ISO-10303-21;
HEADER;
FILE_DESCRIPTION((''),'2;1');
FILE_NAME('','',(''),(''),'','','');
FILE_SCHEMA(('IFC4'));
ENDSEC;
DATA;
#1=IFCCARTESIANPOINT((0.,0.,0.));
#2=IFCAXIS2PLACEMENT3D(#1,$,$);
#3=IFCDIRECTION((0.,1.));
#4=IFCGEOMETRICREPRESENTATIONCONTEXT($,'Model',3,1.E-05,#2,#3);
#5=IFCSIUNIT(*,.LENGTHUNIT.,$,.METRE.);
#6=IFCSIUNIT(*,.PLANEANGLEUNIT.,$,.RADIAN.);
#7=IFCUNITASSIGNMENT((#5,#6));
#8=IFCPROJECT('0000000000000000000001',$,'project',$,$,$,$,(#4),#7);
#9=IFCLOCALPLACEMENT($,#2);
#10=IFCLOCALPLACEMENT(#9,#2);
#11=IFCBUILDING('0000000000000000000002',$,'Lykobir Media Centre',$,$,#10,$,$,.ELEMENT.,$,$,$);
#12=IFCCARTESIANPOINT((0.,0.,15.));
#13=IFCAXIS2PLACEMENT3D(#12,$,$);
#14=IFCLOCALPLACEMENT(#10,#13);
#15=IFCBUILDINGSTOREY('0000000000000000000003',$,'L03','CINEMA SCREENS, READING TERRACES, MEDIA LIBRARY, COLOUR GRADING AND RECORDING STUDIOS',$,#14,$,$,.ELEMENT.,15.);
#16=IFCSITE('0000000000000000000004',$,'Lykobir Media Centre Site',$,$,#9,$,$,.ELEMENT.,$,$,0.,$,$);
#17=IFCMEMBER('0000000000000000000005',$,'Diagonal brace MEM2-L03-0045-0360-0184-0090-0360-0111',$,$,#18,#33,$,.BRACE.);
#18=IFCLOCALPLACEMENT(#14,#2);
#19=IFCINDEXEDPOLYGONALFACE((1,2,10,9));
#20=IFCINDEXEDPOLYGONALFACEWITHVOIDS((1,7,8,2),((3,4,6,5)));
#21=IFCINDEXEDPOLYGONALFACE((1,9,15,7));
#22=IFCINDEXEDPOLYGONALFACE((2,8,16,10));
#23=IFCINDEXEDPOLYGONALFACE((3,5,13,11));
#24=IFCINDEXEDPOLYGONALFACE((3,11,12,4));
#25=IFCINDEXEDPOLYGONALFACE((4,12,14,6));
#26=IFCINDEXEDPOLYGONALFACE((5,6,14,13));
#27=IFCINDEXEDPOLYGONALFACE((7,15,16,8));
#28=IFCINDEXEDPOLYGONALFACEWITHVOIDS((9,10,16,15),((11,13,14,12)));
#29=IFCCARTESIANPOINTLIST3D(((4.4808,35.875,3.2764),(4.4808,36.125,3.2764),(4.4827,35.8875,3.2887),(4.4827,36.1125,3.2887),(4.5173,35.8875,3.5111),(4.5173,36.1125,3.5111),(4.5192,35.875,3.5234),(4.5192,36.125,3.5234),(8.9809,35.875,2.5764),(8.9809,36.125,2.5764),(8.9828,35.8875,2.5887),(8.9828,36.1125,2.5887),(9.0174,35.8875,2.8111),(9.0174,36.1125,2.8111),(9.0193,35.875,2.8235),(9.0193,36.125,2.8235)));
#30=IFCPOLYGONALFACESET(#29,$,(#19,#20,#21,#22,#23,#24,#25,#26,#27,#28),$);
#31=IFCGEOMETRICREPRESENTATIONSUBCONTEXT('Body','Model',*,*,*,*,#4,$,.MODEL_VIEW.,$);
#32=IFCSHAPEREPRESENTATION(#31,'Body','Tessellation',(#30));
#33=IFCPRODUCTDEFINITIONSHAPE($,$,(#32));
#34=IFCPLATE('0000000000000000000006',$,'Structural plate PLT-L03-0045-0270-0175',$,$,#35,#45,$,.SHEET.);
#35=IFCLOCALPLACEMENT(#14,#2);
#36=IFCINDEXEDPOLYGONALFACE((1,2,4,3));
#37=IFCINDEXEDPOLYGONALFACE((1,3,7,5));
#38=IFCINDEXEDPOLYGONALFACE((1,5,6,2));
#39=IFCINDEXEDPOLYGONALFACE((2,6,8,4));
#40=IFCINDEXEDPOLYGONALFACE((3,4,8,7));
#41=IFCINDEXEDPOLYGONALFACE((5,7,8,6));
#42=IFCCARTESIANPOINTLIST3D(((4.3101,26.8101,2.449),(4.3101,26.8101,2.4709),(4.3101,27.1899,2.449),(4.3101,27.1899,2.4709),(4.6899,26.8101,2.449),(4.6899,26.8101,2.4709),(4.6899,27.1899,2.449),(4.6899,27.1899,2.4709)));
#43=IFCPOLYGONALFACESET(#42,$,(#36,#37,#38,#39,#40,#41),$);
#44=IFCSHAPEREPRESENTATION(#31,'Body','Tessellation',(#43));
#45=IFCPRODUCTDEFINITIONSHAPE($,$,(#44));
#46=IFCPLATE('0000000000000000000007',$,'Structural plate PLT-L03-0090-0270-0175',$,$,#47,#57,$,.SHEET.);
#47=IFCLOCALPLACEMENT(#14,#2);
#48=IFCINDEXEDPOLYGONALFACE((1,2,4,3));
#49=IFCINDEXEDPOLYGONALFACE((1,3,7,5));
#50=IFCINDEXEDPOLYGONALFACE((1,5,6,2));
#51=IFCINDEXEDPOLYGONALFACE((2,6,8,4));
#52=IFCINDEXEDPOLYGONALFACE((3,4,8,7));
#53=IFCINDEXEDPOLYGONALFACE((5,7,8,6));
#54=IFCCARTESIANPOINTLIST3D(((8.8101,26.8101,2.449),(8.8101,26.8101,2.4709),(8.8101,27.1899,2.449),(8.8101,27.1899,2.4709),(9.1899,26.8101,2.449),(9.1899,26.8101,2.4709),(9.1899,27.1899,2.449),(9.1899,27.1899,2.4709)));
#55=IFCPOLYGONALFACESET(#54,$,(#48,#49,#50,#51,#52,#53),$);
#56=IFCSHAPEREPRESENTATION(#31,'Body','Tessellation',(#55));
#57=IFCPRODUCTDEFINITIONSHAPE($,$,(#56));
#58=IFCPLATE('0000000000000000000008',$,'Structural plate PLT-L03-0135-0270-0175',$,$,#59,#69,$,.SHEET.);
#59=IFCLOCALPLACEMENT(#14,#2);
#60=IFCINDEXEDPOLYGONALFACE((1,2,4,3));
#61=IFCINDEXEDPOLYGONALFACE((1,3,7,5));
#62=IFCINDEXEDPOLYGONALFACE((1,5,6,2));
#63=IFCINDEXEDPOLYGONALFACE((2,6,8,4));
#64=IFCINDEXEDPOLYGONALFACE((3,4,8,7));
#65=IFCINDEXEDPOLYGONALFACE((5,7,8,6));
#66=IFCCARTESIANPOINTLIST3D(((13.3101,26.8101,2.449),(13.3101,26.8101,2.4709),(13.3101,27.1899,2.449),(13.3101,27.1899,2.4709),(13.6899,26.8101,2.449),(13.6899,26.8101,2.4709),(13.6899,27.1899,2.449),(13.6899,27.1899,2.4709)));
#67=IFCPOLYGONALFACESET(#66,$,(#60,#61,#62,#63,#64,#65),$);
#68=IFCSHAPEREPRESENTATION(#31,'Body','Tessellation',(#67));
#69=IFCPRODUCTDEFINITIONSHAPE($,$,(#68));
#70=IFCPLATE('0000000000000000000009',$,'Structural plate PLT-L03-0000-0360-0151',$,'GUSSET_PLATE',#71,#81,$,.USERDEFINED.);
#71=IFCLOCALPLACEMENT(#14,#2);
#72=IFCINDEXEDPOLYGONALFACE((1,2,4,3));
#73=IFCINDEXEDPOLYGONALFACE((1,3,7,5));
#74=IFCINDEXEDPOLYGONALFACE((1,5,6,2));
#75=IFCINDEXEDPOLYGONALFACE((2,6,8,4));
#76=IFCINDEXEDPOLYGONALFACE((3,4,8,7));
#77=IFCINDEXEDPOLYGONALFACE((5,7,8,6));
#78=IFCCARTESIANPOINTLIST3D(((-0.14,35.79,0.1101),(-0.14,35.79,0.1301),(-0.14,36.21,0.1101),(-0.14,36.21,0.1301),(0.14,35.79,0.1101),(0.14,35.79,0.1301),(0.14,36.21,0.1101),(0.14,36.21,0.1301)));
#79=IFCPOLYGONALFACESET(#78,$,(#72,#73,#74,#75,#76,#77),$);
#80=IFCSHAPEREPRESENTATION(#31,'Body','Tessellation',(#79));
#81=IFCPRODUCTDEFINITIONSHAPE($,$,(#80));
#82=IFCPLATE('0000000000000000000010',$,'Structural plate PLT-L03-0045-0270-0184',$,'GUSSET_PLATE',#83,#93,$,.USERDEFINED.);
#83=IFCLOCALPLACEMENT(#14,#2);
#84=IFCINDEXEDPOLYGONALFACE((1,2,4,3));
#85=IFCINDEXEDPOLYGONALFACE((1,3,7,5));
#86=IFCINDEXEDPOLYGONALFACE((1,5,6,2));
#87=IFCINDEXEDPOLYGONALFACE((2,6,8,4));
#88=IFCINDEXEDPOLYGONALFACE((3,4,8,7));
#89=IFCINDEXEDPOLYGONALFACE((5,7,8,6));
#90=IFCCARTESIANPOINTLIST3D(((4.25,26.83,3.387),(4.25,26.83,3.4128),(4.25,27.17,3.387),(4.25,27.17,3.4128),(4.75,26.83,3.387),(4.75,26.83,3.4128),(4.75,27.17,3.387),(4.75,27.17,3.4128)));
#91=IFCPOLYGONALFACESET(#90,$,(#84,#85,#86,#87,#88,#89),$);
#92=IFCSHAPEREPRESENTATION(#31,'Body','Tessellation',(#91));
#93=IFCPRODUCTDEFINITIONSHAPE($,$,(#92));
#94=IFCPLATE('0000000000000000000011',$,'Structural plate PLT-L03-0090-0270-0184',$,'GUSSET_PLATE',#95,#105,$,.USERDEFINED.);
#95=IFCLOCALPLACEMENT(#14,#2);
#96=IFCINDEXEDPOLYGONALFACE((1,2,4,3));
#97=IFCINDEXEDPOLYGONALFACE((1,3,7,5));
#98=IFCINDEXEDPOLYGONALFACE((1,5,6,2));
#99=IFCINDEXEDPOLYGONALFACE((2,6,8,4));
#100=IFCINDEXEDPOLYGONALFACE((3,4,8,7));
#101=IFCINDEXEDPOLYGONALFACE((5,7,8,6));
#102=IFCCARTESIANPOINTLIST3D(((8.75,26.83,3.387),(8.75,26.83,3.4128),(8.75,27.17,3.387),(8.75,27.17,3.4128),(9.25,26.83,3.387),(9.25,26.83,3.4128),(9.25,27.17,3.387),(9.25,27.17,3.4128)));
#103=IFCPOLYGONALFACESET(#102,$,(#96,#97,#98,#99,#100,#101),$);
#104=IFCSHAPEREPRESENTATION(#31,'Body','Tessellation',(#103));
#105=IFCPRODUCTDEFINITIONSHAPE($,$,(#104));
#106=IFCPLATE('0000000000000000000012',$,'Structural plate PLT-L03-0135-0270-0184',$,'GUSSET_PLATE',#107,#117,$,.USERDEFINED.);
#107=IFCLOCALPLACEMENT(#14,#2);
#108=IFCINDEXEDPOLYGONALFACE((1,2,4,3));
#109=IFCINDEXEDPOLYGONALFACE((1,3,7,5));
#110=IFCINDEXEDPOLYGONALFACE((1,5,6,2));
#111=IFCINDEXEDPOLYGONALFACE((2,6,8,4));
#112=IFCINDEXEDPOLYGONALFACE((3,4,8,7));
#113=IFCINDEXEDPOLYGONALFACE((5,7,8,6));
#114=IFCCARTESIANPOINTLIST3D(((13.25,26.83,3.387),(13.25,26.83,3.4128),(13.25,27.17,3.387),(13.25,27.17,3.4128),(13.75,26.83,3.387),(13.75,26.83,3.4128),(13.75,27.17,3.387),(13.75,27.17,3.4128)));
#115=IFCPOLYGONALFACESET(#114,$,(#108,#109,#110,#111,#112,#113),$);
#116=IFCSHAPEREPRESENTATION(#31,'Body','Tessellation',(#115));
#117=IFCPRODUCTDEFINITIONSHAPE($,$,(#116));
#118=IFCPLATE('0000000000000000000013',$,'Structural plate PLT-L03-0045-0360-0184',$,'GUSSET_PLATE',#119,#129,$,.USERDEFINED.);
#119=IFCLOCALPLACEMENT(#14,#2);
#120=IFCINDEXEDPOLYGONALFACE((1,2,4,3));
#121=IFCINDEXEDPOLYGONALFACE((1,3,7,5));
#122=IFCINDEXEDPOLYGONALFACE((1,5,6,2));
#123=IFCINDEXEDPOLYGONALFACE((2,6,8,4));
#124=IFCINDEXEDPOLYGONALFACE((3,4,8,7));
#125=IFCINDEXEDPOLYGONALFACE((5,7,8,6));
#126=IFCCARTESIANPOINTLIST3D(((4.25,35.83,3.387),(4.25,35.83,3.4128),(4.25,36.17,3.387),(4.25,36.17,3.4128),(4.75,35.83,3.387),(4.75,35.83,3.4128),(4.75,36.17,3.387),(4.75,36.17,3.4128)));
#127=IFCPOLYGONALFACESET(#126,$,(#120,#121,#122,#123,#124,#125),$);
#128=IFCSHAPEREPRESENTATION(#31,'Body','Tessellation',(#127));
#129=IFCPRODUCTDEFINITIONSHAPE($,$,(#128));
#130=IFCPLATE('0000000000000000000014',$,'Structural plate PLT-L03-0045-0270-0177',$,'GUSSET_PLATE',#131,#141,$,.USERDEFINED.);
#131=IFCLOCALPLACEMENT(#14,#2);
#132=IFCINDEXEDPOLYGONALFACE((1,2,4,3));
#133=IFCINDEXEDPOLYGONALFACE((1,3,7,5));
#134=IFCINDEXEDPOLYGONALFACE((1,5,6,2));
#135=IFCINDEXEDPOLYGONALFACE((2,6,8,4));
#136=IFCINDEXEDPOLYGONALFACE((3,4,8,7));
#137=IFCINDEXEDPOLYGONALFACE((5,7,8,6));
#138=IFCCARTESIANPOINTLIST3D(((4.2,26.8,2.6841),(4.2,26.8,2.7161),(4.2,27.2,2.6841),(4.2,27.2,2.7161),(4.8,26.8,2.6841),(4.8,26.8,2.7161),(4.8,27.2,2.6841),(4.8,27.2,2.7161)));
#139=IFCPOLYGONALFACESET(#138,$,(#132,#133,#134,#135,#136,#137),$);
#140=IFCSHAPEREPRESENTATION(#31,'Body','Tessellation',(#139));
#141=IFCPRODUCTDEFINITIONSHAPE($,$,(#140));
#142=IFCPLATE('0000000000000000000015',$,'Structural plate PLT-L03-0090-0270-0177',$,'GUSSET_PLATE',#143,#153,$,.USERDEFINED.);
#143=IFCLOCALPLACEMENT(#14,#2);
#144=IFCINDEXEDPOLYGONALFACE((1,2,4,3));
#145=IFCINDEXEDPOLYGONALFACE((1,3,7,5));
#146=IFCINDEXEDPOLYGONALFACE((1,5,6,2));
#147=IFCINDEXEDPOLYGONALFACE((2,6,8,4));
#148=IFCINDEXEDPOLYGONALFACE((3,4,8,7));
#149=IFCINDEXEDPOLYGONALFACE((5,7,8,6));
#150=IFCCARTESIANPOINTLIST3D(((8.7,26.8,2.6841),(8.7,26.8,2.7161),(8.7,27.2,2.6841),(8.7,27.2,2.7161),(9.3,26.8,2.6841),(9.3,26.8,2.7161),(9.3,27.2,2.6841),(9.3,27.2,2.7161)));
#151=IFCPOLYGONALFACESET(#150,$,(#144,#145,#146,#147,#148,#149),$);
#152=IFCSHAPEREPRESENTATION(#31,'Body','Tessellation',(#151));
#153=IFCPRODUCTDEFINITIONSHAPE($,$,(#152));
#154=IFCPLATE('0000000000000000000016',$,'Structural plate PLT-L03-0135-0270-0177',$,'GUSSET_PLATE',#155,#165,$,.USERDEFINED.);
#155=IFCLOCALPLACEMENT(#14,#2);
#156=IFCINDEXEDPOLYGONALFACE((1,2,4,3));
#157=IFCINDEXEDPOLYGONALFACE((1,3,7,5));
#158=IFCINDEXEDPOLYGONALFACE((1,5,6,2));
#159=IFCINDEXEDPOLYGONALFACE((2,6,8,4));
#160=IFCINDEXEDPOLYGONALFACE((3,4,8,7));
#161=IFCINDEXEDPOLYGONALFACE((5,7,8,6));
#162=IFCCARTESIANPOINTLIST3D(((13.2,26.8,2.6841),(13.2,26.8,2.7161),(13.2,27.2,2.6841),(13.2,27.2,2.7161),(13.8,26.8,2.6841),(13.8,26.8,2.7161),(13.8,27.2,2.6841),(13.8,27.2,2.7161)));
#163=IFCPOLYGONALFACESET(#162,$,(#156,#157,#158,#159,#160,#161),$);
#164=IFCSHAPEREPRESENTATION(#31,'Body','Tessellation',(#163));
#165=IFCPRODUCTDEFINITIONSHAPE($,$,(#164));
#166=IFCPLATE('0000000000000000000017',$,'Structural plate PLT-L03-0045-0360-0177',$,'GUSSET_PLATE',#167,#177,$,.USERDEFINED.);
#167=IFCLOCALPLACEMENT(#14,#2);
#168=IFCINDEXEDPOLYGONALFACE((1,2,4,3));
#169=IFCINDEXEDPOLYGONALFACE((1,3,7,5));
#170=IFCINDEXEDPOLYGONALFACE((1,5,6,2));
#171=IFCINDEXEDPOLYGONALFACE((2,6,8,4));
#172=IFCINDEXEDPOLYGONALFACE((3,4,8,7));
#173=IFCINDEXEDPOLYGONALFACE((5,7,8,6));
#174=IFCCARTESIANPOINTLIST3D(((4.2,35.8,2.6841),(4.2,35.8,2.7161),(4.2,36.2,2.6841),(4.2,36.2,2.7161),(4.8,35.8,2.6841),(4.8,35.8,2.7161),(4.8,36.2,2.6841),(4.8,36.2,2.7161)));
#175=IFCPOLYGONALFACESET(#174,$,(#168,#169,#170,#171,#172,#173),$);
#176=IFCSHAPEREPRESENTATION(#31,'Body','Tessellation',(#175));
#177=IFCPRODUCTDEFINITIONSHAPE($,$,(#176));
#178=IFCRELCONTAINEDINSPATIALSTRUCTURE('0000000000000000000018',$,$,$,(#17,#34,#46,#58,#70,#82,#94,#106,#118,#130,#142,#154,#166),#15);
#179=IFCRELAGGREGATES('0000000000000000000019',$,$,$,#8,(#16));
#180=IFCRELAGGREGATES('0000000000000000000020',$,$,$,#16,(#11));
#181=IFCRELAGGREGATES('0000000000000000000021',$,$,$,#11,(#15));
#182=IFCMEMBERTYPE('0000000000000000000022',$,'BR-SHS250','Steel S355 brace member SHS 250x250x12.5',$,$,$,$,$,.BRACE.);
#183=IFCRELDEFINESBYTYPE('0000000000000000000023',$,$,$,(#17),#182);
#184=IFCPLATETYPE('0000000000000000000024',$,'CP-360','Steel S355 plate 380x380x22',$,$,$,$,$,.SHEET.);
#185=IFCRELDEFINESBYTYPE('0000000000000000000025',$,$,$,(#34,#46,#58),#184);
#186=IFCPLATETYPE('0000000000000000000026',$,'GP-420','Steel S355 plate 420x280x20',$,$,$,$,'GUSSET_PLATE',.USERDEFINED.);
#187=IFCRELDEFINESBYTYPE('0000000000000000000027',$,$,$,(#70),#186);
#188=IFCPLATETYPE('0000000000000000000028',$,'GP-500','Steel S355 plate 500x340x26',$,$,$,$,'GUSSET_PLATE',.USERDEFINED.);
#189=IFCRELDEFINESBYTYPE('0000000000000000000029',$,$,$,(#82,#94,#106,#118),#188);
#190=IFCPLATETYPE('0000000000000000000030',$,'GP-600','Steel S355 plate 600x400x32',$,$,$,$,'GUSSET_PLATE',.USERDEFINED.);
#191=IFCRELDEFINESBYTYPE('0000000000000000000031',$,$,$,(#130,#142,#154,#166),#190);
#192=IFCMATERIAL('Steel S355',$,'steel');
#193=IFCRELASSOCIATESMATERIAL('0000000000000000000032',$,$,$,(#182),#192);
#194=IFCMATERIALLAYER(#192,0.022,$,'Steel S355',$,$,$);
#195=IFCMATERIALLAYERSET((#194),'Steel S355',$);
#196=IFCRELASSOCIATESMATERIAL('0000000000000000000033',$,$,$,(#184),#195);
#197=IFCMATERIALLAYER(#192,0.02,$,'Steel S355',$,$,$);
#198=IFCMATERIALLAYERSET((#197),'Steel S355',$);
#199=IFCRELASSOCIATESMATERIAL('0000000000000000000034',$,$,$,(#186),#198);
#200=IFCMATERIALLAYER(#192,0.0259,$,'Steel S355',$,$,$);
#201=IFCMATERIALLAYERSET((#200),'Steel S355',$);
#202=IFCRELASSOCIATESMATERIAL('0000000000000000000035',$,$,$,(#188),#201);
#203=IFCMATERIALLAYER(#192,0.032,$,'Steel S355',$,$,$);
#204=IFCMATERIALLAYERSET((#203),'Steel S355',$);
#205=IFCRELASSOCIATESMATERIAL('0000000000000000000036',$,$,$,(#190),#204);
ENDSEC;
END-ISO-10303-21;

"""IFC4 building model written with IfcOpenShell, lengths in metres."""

from ifc_helpers import new_model, si_unit, direction, frame, origin, origin_2d, place, context, subcontext, project, spatial, rectangle, hollow_rectangle, extrude, material, layer, layer_set, material_profile, profile_set, type_object, element, save


model = new_model("IFC4")

# Units and contexts
model_context = context("Model", 3, precision=1e-05, world=origin(), true_north=direction((0.0, 1.0)))
body_context = subcontext(model_context, "Body", "Model", "MODEL_VIEW")
ifc_project = project(units=[si_unit("LENGTHUNIT", "METRE"), si_unit("PLANEANGLEUNIT", "RADIAN")], contexts=[model_context])

# Site, building, storey
site_placement = place(None, origin())
site = spatial("IfcSite", under=ifc_project, at=site_placement, Name="Lykobir Media Centre Site", CompositionType="ELEMENT", RefElevation=0.0)
building_placement = place(site_placement, origin())
building = spatial("IfcBuilding", under=site, at=building_placement, Name="Lykobir Media Centre", CompositionType="ELEMENT")
storey_placement = place(building_placement, frame((0.0, 0.0, 15.0)))
storey = spatial("IfcBuildingStorey", under=building, at=storey_placement, Name="L03", Description="CINEMA SCREENS, READING TERRACES, MEDIA LIBRARY, COLOUR GRADING AND RECORDING STUDIOS", CompositionType="ELEMENT", Elevation=15.0)

# Shared definitions
ifc_material_1 = material(Name="Steel S355", Category="steel")

# Member
ifc_material_profile_1 = material_profile(ifc_material_1, hollow_rectangle(XDim=0.25, YDim=0.25, WallThickness=0.0125, at=origin_2d()), Name="SHS 250x250x12.5")
ifc_profile_set_1 = profile_set([ifc_material_profile_1], Name="Steel S355")
member_type_1 = type_object("IfcMemberType", Name="BR-SHS250", Description="Steel S355 brace member SHS 250x250x12.5", PredefinedType="BRACE", material=ifc_profile_set_1)
for number, where, z_axis, x_axis, name in (
    (1, (4.5, 36.0, 3.3999), (0.988118, 0.0, -0.153697), (0.0, 1.0, 0.0), "Diagonal brace MEM2-L03-0045-0360-0184-0090-0360-0111"),
):
    element("IfcMember", number, at=place(storey_placement, frame(where, z_axis=z_axis, x_axis=x_axis)), inside=storey, type_object=member_type_1, Name=name, PredefinedType="BRACE", context=body_context, shape_type="SweptSolid", body=[
        extrude(hollow_rectangle(XDim=0.25, YDim=0.25, WallThickness=0.0125, at=origin_2d()), origin(), (0.0, 0.0, 1.0), 4.5542),
    ])

# Plates
ifc_layer_1 = layer(ifc_material_1, 0.022, Name="Steel S355")
ifc_layer_set_1 = layer_set([ifc_layer_1], Name="Steel S355")
plate_type_1 = type_object("IfcPlateType", Name="CP-360", Description="Steel S355 plate 380x380x22", PredefinedType="SHEET", material=ifc_layer_set_1)
for number, where, z_axis, x_axis, name in (
    (2, (4.5, 27.0, 2.449), (0.0, 0.0, 1.0), (1.0, 0.0, 0.0), "Structural plate PLT-L03-0045-0270-0175"),
    (3, (9.0, 27.0, 2.449), (0.0, 0.0, 1.0), (1.0, 0.0, 0.0), "Structural plate PLT-L03-0090-0270-0175"),
    (4, (13.5, 27.0, 2.449), (0.0, 0.0, 1.0), (1.0, 0.0, 0.0), "Structural plate PLT-L03-0135-0270-0175"),
):
    element("IfcPlate", number, at=place(storey_placement, frame(where, z_axis=z_axis, x_axis=x_axis)), inside=storey, type_object=plate_type_1, Name=name, PredefinedType="SHEET", context=body_context, shape_type="SweptSolid", body=[
        extrude(rectangle(XDim=0.3799, YDim=0.3799, at=origin_2d()), origin(), (0.0, 0.0, 1.0), 0.022),
    ])
ifc_layer_2 = layer(ifc_material_1, 0.02, Name="Steel S355")
ifc_layer_set_2 = layer_set([ifc_layer_2], Name="Steel S355")
plate_type_2 = type_object("IfcPlateType", Name="GP-420", Description="Steel S355 plate 420x280x20", ElementType="GUSSET_PLATE", PredefinedType="USERDEFINED", material=ifc_layer_set_2)
plate_placement = place(storey_placement, frame((0.0, 36.0, 0.1101), z_axis=(0.0, 0.0, 1.0), x_axis=(0.0, 1.0, 0.0)))
element("IfcPlate", 5, at=plate_placement, inside=storey, type_object=plate_type_2, Name="Structural plate PLT-L03-0000-0360-0151", ObjectType="GUSSET_PLATE", PredefinedType="USERDEFINED", context=body_context, shape_type="SweptSolid", body=[
    extrude(rectangle(XDim=0.4199, YDim=0.28, at=origin_2d()), origin(), (0.0, 0.0, 1.0), 0.02),
])
ifc_layer_3 = layer(ifc_material_1, 0.0259, Name="Steel S355")
ifc_layer_set_3 = layer_set([ifc_layer_3], Name="Steel S355")
plate_type_3 = type_object("IfcPlateType", Name="GP-500", Description="Steel S355 plate 500x340x26", ElementType="GUSSET_PLATE", PredefinedType="USERDEFINED", material=ifc_layer_set_3)
for number, where, z_axis, x_axis, name in (
    (6, (4.5, 27.0, 3.387), (0.0, 0.0, 1.0), (1.0, 0.0, 0.0), "Structural plate PLT-L03-0045-0270-0184"),
    (7, (9.0, 27.0, 3.387), (0.0, 0.0, 1.0), (1.0, 0.0, 0.0), "Structural plate PLT-L03-0090-0270-0184"),
    (8, (13.5, 27.0, 3.387), (0.0, 0.0, 1.0), (1.0, 0.0, 0.0), "Structural plate PLT-L03-0135-0270-0184"),
    (9, (4.5, 36.0, 3.387), (0.0, 0.0, 1.0), (1.0, 0.0, 0.0), "Structural plate PLT-L03-0045-0360-0184"),
):
    element("IfcPlate", number, at=place(storey_placement, frame(where, z_axis=z_axis, x_axis=x_axis)), inside=storey, type_object=plate_type_3, Name=name, ObjectType="GUSSET_PLATE", PredefinedType="USERDEFINED", context=body_context, shape_type="SweptSolid", body=[
        extrude(rectangle(XDim=0.5, YDim=0.3401, at=origin_2d()), origin(), (0.0, 0.0, 1.0), 0.0259),
    ])
ifc_layer_4 = layer(ifc_material_1, 0.032, Name="Steel S355")
ifc_layer_set_4 = layer_set([ifc_layer_4], Name="Steel S355")
plate_type_4 = type_object("IfcPlateType", Name="GP-600", Description="Steel S355 plate 600x400x32", ElementType="GUSSET_PLATE", PredefinedType="USERDEFINED", material=ifc_layer_set_4)
for number, where, z_axis, x_axis, name in (
    (10, (4.5, 27.0, 2.6841), (0.0, 0.0, 1.0), (1.0, 0.0, 0.0), "Structural plate PLT-L03-0045-0270-0177"),
    (11, (9.0, 27.0, 2.6841), (0.0, 0.0, 1.0), (1.0, 0.0, 0.0), "Structural plate PLT-L03-0090-0270-0177"),
    (12, (13.5, 27.0, 2.6841), (0.0, 0.0, 1.0), (1.0, 0.0, 0.0), "Structural plate PLT-L03-0135-0270-0177"),
    (13, (4.5, 36.0, 2.6841), (0.0, 0.0, 1.0), (1.0, 0.0, 0.0), "Structural plate PLT-L03-0045-0360-0177"),
):
    element("IfcPlate", number, at=place(storey_placement, frame(where, z_axis=z_axis, x_axis=x_axis)), inside=storey, type_object=plate_type_4, Name=name, ObjectType="GUSSET_PLATE", PredefinedType="USERDEFINED", context=body_context, shape_type="SweptSolid", body=[
        extrude(rectangle(XDim=0.6001, YDim=0.3999, at=origin_2d()), origin(), (0.0, 0.0, 1.0), 0.032),
    ])

save(model, "model.ifc")
